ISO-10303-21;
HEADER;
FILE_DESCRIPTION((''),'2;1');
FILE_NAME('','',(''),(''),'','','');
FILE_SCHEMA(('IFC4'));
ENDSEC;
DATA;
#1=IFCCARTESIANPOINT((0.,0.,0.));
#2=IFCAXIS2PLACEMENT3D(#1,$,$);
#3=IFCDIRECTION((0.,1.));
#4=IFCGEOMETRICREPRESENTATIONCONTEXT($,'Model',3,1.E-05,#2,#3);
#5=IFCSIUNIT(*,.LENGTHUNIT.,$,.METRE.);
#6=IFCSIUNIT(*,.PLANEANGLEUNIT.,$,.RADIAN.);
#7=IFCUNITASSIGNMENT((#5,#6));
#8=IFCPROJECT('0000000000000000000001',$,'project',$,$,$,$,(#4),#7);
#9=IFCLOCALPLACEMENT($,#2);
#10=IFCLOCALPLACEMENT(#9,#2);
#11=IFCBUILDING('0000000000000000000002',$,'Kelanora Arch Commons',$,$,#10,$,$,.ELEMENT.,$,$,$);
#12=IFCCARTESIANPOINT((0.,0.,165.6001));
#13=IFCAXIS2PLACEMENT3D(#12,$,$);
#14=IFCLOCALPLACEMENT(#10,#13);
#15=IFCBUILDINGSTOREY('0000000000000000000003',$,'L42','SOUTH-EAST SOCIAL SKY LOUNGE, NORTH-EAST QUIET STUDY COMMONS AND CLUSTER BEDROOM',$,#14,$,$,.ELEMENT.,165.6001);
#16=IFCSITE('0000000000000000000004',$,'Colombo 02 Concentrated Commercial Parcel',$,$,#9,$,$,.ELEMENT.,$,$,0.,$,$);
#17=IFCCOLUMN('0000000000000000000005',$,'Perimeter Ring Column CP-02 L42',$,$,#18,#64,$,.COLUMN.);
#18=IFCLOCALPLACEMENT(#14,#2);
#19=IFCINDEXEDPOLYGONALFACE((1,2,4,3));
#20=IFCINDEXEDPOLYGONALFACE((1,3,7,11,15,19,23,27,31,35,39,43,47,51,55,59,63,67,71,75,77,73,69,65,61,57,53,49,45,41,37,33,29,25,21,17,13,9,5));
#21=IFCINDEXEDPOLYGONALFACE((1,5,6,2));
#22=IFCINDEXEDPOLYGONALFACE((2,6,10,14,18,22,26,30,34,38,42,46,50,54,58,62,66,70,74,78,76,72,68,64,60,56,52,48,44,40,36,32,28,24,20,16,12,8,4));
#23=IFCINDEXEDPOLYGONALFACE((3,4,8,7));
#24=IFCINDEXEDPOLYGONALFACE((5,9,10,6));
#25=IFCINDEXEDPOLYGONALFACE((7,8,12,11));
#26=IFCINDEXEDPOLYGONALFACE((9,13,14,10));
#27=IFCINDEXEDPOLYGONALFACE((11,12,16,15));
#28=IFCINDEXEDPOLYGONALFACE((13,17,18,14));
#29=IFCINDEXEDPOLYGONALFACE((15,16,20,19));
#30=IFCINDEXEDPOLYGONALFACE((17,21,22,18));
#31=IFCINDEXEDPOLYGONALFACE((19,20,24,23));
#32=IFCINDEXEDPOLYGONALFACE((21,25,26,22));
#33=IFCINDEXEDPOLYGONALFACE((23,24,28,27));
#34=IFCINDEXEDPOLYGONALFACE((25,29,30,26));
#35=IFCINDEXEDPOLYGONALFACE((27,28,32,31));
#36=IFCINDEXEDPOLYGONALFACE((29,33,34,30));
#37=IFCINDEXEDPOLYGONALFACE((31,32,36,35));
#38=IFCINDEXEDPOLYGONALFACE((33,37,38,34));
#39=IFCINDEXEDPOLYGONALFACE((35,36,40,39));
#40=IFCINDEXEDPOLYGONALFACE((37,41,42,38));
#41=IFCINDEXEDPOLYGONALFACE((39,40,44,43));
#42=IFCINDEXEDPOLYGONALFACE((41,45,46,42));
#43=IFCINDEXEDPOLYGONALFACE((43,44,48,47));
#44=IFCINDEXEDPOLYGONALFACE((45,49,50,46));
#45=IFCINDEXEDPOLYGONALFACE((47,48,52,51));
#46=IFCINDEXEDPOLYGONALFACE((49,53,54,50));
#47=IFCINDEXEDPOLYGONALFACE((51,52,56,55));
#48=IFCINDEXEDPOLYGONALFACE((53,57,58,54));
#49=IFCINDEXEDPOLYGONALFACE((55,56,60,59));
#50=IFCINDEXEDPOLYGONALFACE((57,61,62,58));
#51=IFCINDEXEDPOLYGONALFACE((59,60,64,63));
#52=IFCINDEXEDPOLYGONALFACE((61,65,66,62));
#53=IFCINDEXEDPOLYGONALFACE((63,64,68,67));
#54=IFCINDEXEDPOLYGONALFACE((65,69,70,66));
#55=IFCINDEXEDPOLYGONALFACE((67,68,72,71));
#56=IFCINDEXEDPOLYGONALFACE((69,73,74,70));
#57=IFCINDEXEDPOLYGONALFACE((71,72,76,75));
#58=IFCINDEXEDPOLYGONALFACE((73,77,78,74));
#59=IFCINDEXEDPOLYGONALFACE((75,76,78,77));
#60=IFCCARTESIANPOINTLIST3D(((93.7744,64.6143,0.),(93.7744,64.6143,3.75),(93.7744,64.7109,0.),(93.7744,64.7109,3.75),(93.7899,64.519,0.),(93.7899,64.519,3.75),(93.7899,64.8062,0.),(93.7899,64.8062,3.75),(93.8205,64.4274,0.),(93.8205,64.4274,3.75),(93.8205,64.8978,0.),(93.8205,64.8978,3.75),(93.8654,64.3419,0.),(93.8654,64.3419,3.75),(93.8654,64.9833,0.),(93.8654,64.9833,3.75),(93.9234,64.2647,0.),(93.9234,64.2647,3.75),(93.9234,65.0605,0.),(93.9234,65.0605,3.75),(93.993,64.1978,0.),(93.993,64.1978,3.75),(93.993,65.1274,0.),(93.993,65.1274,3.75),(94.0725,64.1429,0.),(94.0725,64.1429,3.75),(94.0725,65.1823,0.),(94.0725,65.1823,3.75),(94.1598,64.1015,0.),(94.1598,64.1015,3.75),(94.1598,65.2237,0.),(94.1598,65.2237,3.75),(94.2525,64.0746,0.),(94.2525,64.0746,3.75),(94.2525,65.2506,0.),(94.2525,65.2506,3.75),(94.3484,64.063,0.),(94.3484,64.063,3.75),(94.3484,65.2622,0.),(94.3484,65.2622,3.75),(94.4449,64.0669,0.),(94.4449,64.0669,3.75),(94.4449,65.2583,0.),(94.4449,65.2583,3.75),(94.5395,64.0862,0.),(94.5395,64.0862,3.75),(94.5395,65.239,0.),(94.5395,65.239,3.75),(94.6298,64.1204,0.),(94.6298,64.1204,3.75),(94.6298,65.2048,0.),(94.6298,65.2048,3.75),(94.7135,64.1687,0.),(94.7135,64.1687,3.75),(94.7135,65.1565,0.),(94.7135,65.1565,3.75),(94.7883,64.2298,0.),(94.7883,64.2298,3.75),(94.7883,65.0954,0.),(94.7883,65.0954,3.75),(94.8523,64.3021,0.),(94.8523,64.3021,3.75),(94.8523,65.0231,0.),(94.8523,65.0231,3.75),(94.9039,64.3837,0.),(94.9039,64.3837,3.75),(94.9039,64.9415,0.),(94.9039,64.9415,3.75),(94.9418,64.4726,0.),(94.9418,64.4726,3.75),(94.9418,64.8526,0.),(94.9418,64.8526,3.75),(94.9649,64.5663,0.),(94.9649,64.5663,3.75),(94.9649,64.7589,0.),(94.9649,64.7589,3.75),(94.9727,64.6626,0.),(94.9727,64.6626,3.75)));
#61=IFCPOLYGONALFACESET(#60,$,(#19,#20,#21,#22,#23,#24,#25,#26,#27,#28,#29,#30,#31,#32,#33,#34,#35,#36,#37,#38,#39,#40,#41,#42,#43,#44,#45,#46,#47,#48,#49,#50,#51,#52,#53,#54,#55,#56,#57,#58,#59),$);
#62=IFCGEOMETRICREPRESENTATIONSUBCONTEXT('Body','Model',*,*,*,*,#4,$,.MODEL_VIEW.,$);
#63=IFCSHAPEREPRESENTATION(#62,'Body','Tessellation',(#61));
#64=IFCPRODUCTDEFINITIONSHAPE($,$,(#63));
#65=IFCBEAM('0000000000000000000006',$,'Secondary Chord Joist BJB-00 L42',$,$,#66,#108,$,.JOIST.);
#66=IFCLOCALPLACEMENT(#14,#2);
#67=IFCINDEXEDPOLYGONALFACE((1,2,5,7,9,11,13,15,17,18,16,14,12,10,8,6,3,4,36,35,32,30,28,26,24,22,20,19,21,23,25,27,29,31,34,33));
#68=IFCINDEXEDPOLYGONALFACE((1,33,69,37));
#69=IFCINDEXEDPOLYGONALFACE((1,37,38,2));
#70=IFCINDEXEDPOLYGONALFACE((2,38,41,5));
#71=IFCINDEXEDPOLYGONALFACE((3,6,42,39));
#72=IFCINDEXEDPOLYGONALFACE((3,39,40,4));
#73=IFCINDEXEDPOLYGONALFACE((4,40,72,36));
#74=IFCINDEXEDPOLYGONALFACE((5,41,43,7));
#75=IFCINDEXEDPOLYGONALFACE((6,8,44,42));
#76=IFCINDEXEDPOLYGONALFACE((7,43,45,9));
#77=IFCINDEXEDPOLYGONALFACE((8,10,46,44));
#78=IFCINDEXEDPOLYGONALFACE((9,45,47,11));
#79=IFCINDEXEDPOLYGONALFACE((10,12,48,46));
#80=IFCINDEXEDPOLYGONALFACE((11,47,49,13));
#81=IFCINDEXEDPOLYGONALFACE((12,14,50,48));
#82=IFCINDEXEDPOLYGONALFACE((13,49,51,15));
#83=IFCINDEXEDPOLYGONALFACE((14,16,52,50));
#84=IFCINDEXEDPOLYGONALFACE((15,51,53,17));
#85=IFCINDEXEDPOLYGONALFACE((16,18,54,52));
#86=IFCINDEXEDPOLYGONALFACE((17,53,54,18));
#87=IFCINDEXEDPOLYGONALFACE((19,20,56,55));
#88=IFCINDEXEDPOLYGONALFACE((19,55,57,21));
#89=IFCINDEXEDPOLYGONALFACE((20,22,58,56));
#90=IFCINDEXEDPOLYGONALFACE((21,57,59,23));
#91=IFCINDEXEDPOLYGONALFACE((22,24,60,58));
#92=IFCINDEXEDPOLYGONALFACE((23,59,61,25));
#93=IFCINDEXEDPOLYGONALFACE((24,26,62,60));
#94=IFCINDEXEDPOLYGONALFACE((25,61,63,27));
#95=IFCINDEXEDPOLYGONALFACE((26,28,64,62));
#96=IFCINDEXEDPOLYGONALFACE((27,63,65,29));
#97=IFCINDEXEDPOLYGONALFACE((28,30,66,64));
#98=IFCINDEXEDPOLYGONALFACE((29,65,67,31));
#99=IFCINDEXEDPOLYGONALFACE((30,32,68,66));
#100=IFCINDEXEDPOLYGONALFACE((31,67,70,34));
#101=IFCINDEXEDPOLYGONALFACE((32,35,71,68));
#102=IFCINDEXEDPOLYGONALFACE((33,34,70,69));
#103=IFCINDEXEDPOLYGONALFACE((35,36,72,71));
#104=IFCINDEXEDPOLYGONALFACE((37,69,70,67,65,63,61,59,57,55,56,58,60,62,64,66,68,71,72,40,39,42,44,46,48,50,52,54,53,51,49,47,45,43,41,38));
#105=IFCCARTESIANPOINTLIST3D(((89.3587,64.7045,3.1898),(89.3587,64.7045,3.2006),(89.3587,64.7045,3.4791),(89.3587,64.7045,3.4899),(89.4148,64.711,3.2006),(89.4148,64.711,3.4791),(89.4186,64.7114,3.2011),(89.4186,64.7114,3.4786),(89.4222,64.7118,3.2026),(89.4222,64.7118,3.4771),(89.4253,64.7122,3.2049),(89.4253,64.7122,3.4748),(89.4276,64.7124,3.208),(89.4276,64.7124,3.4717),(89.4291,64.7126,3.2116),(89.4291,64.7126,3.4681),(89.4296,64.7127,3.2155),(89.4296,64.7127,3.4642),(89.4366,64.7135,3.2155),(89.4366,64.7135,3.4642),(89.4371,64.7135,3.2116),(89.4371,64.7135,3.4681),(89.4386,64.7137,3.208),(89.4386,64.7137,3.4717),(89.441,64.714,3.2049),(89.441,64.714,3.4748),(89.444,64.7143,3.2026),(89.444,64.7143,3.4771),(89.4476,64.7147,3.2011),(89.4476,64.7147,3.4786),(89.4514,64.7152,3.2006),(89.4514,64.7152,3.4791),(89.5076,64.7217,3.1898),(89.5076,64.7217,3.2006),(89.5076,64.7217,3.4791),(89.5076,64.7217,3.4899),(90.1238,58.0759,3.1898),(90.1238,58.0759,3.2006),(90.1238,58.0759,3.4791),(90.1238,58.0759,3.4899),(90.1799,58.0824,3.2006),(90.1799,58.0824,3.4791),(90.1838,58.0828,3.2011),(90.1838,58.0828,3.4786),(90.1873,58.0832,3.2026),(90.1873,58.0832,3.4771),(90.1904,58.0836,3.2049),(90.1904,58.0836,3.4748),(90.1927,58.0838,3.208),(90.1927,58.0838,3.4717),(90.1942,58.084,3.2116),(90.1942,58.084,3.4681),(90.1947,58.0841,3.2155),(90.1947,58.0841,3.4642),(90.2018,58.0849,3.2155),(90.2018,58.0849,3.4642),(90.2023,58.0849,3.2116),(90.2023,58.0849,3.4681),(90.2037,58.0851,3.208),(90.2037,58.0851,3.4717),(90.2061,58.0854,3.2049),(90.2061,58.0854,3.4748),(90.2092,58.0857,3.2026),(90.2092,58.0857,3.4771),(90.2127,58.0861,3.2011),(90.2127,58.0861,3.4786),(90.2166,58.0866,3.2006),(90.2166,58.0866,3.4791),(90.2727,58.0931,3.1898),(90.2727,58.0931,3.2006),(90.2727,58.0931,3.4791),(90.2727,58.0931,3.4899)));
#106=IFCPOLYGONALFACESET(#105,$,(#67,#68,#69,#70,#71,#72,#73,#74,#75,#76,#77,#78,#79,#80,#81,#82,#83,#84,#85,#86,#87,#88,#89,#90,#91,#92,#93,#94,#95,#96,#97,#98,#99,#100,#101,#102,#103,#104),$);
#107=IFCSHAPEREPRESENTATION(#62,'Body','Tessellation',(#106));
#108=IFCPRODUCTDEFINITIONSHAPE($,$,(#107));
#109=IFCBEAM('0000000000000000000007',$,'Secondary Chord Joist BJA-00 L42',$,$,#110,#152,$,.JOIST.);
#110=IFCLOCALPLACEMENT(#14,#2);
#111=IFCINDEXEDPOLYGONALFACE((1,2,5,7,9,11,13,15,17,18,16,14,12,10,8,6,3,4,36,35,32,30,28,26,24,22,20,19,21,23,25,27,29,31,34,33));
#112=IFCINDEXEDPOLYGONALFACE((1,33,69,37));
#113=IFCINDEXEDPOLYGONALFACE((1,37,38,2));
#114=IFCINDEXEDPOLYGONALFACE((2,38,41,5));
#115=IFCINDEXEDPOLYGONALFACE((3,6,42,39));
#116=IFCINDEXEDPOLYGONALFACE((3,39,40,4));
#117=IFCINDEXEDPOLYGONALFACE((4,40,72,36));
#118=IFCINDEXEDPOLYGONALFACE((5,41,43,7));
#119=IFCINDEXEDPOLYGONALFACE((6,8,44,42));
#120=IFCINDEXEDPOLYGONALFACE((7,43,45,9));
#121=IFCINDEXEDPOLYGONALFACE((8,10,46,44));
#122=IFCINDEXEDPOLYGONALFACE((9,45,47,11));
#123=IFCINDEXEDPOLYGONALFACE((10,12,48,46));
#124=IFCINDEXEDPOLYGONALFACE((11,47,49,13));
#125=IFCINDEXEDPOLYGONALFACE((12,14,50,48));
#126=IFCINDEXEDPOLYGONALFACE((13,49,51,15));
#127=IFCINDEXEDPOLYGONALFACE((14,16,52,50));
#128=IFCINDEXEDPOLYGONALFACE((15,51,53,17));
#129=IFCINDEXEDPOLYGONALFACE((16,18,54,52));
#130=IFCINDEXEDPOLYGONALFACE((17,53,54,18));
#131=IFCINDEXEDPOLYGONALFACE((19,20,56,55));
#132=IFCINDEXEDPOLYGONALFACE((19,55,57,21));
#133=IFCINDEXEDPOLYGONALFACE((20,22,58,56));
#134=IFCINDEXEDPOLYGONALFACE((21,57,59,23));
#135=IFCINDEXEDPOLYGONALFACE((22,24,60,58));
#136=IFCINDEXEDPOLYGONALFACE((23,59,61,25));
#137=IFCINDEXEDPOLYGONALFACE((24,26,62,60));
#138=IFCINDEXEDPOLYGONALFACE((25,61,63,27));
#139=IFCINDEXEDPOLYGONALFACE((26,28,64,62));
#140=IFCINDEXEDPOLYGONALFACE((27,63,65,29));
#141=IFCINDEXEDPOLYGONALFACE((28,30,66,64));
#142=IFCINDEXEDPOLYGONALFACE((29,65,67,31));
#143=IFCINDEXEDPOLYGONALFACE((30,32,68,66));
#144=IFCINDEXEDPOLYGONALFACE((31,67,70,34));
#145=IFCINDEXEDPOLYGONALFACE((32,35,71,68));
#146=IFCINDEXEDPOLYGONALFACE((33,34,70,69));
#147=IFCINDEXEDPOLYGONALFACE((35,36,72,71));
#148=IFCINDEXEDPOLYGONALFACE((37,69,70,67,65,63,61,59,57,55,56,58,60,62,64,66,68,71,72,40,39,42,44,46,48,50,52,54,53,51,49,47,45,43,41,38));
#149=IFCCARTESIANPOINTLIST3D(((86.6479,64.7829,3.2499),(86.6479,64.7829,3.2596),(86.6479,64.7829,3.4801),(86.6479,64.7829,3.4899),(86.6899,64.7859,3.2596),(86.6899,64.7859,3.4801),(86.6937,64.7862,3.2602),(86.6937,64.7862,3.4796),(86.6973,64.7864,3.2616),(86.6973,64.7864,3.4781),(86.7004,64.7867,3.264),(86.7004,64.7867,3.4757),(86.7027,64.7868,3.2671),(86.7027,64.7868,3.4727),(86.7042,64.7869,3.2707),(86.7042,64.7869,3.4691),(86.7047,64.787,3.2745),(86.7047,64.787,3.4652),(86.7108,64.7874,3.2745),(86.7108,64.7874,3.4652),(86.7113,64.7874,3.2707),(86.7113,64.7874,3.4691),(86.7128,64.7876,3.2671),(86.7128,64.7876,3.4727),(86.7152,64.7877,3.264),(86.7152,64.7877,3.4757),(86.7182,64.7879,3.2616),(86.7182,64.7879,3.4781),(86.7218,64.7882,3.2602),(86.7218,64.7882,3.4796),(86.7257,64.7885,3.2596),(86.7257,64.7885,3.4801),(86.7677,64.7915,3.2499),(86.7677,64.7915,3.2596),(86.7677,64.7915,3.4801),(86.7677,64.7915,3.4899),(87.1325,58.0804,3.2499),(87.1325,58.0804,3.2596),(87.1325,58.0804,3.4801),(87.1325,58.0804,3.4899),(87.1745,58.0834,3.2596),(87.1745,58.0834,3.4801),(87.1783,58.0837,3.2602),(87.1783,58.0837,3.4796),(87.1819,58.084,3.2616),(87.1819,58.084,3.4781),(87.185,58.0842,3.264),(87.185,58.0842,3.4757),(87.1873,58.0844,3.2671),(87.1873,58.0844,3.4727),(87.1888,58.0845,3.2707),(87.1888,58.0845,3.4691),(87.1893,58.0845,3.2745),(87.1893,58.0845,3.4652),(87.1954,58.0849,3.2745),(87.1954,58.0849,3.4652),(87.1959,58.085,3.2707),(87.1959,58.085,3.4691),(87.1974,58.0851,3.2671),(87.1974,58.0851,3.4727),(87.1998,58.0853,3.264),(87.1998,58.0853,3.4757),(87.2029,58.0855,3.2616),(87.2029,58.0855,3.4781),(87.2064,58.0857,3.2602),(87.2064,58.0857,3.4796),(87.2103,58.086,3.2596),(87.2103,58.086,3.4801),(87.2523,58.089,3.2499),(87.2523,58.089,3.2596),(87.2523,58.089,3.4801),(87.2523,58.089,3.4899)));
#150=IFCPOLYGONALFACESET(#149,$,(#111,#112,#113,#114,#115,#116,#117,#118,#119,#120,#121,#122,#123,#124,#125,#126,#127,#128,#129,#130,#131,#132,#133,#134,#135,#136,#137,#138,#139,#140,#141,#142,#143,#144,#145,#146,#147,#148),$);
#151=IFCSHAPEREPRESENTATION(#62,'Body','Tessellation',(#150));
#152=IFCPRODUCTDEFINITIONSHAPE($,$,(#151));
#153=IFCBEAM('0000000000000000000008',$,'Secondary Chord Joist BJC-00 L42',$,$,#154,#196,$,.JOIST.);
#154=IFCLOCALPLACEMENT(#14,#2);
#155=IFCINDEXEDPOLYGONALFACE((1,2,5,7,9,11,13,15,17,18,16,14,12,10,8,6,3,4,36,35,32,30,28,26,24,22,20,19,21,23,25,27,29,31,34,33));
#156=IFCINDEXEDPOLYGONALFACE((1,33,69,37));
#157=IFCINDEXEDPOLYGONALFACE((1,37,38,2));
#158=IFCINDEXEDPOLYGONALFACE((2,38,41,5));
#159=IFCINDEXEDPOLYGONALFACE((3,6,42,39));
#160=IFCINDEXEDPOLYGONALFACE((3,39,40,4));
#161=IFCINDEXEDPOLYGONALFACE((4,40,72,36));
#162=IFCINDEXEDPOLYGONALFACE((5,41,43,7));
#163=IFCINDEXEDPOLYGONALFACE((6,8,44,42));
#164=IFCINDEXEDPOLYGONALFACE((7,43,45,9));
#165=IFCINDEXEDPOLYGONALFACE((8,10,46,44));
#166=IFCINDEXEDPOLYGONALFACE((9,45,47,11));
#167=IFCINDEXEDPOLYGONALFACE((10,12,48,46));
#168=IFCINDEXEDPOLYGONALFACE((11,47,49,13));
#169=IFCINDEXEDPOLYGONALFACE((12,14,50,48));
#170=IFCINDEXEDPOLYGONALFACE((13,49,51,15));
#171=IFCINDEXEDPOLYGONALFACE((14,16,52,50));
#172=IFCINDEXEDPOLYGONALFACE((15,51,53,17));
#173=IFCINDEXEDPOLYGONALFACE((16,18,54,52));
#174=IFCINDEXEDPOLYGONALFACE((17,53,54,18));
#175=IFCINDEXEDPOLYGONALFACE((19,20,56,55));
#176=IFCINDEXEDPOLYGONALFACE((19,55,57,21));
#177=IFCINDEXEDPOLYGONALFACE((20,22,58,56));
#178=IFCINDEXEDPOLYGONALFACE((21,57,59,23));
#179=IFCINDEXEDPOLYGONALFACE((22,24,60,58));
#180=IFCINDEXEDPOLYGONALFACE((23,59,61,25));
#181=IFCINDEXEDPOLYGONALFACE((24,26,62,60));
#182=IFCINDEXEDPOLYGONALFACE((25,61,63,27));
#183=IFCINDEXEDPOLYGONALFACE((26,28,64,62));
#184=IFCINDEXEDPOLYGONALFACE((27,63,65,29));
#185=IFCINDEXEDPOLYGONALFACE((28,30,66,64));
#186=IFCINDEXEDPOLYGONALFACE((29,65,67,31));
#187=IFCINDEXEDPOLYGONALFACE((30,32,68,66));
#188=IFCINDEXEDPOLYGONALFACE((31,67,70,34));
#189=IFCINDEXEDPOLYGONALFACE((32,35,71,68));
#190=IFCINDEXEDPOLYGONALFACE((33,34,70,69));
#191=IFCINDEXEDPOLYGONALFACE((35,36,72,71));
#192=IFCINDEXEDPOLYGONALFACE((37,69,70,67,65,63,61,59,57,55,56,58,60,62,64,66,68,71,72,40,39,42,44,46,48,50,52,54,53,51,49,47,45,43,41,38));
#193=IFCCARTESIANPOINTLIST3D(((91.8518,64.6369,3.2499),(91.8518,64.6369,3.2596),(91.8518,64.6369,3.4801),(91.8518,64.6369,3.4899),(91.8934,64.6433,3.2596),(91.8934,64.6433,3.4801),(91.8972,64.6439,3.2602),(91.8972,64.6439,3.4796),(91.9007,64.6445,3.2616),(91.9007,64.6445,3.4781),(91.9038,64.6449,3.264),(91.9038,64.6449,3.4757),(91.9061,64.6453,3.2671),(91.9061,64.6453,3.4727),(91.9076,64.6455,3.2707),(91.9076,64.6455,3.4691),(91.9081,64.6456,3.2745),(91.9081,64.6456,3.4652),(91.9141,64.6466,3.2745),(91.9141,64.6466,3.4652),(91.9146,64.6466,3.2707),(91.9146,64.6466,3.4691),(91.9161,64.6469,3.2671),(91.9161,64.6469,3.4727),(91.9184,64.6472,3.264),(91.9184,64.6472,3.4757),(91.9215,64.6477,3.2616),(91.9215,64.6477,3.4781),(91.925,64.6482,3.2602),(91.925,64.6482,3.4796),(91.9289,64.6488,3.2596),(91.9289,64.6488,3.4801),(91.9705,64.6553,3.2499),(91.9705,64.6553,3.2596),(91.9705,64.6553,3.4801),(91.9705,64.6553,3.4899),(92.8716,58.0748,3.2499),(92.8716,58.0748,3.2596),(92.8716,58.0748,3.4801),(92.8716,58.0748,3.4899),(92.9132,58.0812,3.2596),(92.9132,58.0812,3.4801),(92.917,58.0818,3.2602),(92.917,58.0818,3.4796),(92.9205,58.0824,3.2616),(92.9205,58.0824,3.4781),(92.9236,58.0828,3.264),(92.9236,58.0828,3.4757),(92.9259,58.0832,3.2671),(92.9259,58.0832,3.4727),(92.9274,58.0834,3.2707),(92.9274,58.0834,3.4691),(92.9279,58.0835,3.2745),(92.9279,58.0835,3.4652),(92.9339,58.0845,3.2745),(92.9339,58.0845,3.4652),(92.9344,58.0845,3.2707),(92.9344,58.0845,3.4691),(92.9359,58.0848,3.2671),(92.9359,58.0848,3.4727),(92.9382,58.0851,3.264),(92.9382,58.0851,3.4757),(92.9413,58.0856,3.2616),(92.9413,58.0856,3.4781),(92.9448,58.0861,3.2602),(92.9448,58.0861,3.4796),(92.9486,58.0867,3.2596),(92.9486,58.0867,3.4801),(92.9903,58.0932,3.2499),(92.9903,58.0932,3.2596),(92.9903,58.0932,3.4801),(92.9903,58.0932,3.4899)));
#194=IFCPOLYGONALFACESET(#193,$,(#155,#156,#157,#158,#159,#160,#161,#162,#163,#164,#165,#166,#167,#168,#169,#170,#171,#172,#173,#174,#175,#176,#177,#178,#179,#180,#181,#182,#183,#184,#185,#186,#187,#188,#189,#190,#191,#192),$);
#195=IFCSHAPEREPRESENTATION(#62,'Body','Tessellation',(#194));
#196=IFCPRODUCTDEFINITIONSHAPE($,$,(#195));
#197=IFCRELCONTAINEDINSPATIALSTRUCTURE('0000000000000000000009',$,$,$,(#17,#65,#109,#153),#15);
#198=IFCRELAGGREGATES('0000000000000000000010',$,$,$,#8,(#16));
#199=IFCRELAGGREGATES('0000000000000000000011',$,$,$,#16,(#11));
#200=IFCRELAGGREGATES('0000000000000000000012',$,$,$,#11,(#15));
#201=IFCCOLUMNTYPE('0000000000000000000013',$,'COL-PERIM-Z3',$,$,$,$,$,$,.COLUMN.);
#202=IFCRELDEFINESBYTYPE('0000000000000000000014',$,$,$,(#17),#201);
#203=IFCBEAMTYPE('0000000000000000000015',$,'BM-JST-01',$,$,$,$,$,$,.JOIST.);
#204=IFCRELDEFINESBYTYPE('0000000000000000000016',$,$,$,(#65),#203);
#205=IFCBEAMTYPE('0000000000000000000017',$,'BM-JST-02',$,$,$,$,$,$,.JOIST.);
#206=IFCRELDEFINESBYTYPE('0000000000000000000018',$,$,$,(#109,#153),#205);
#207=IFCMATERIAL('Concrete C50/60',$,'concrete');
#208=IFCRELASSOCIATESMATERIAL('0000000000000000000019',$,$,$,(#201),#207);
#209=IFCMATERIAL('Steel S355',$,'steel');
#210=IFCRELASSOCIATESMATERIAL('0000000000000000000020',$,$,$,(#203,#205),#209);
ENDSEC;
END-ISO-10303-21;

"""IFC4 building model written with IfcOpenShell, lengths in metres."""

from ifc_helpers import new_model, si_unit, direction, frame, origin, origin_2d, place, context, subcontext, project, spatial, circle, i_section, extrude, material, material_profile, profile_set, type_object, element, save


model = new_model("IFC4")

# Units and contexts
model_context = context("Model", 3, precision=1e-05, world=origin(), true_north=direction((0.0, 1.0)))
body_context = subcontext(model_context, "Body", "Model", "MODEL_VIEW")
ifc_project = project(units=[si_unit("LENGTHUNIT", "METRE"), si_unit("PLANEANGLEUNIT", "RADIAN")], contexts=[model_context])

# Site, building, storey
site_placement = place(None, origin())
site = spatial("IfcSite", under=ifc_project, at=site_placement, Name="Colombo 02 Concentrated Commercial Parcel", CompositionType="ELEMENT", RefElevation=0.0)
building_placement = place(site_placement, origin())
building = spatial("IfcBuilding", under=site, at=building_placement, Name="Kelanora Arch Commons", CompositionType="ELEMENT")
storey_placement = place(building_placement, frame((0.0, 0.0, 165.6001)))
storey = spatial("IfcBuildingStorey", under=building, at=storey_placement, Name="L42", Description="SOUTH-EAST SOCIAL SKY LOUNGE, NORTH-EAST QUIET STUDY COMMONS AND CLUSTER BEDROOM", CompositionType="ELEMENT", Elevation=165.6001)

# Column
ifc_material_1 = material(Name="Concrete C50/60", Category="concrete")
ifc_material_profile_1 = material_profile(ifc_material_1, circle(Radius=0.6001, at=origin_2d()), Name="RCC1200")
ifc_profile_set_1 = profile_set([ifc_material_profile_1], Name="Concrete C50/60")
column_type = type_object("IfcColumnType", Name="COL-PERIM-Z3", PredefinedType="COLUMN", material=ifc_profile_set_1)
column_placement = place(storey_placement, frame((94.3726, 64.6626, 0.0), z_axis=(0.0, 0.0, 1.0), x_axis=(1.0, 0.0, 0.0)))
element("IfcColumn", 1, at=column_placement, inside=storey, type_object=column_type, Name="Perimeter Ring Column CP-02 L42", PredefinedType="COLUMN", context=body_context, shape_type="SweptSolid", body=[
    extrude(circle(Radius=0.6001, at=origin_2d()), origin(), (0.0, 0.0, 1.0), 3.75),
])

# Beams
ifc_material_2 = material(Name="Steel S355", Category="steel")
ifc_material_profile_2 = material_profile(ifc_material_2, i_section(OverallWidth=0.1499, OverallDepth=0.3, WebThickness=0.0071, FlangeThickness=0.0107, FilletRadius=0.0149, at=origin_2d()), Name="IPE300")
ifc_profile_set_2 = profile_set([ifc_material_profile_2], Name="Steel S355")
beam_type_1 = type_object("IfcBeamType", Name="BM-JST-01", PredefinedType="JOIST", material=ifc_profile_set_2)
beam_1_placement = place(storey_placement, frame((90.1982, 58.0845, 3.3398), z_axis=(-0.114667, 0.993404, 0.0), x_axis=(-0.993404, -0.114667, 0.0)))
element("IfcBeam", 2, at=beam_1_placement, inside=storey, type_object=beam_type_1, Name="Secondary Chord Joist BJB-00 L42", PredefinedType="JOIST", context=body_context, shape_type="SweptSolid", body=[
    extrude(i_section(OverallWidth=0.1499, OverallDepth=0.3, WebThickness=0.0071, FlangeThickness=0.0107, FilletRadius=0.0149, at=origin_2d()), origin(), (0.0, 0.0, 1.0), 6.6726),
])
ifc_material_profile_3 = material_profile(ifc_material_2, i_section(OverallWidth=0.1201, OverallDepth=0.24, WebThickness=0.0061, FlangeThickness=0.0098, FilletRadius=0.0149, at=origin_2d()), Name="IPE240")
ifc_profile_set_3 = profile_set([ifc_material_profile_3], Name="Steel S355")
beam_type_2 = type_object("IfcBeamType", Name="BM-JST-02", PredefinedType="JOIST", material=ifc_profile_set_3)
beam_2_placement = place(storey_placement, frame((87.1924, 58.0847, 3.3699), z_axis=(-0.072117, 0.997396, 0.0), x_axis=(-0.997396, -0.072117, 0.0)))
element("IfcBeam", 3, at=beam_2_placement, inside=storey, type_object=beam_type_2, Name="Secondary Chord Joist BJA-00 L42", PredefinedType="JOIST", context=body_context, shape_type="SweptSolid", body=[
    extrude(i_section(OverallWidth=0.1201, OverallDepth=0.24, WebThickness=0.0061, FlangeThickness=0.0098, FilletRadius=0.0149, at=origin_2d()), origin(), (0.0, 0.0, 1.0), 6.72),
])
beam_3_placement = place(storey_placement, frame((92.9309, 58.084, 3.3699), z_axis=(-0.153563, 0.988139, 0.0), x_axis=(-0.988139, -0.153563, 0.0)))
element("IfcBeam", 4, at=beam_3_placement, inside=storey, type_object=beam_type_2, Name="Secondary Chord Joist BJC-00 L42", PredefinedType="JOIST", context=body_context, shape_type="SweptSolid", body=[
    extrude(i_section(OverallWidth=0.1201, OverallDepth=0.24, WebThickness=0.0061, FlangeThickness=0.0098, FilletRadius=0.0149, at=origin_2d()), origin(), (0.0, 0.0, 1.0), 6.6409),
])

save(model, "model.ifc")
